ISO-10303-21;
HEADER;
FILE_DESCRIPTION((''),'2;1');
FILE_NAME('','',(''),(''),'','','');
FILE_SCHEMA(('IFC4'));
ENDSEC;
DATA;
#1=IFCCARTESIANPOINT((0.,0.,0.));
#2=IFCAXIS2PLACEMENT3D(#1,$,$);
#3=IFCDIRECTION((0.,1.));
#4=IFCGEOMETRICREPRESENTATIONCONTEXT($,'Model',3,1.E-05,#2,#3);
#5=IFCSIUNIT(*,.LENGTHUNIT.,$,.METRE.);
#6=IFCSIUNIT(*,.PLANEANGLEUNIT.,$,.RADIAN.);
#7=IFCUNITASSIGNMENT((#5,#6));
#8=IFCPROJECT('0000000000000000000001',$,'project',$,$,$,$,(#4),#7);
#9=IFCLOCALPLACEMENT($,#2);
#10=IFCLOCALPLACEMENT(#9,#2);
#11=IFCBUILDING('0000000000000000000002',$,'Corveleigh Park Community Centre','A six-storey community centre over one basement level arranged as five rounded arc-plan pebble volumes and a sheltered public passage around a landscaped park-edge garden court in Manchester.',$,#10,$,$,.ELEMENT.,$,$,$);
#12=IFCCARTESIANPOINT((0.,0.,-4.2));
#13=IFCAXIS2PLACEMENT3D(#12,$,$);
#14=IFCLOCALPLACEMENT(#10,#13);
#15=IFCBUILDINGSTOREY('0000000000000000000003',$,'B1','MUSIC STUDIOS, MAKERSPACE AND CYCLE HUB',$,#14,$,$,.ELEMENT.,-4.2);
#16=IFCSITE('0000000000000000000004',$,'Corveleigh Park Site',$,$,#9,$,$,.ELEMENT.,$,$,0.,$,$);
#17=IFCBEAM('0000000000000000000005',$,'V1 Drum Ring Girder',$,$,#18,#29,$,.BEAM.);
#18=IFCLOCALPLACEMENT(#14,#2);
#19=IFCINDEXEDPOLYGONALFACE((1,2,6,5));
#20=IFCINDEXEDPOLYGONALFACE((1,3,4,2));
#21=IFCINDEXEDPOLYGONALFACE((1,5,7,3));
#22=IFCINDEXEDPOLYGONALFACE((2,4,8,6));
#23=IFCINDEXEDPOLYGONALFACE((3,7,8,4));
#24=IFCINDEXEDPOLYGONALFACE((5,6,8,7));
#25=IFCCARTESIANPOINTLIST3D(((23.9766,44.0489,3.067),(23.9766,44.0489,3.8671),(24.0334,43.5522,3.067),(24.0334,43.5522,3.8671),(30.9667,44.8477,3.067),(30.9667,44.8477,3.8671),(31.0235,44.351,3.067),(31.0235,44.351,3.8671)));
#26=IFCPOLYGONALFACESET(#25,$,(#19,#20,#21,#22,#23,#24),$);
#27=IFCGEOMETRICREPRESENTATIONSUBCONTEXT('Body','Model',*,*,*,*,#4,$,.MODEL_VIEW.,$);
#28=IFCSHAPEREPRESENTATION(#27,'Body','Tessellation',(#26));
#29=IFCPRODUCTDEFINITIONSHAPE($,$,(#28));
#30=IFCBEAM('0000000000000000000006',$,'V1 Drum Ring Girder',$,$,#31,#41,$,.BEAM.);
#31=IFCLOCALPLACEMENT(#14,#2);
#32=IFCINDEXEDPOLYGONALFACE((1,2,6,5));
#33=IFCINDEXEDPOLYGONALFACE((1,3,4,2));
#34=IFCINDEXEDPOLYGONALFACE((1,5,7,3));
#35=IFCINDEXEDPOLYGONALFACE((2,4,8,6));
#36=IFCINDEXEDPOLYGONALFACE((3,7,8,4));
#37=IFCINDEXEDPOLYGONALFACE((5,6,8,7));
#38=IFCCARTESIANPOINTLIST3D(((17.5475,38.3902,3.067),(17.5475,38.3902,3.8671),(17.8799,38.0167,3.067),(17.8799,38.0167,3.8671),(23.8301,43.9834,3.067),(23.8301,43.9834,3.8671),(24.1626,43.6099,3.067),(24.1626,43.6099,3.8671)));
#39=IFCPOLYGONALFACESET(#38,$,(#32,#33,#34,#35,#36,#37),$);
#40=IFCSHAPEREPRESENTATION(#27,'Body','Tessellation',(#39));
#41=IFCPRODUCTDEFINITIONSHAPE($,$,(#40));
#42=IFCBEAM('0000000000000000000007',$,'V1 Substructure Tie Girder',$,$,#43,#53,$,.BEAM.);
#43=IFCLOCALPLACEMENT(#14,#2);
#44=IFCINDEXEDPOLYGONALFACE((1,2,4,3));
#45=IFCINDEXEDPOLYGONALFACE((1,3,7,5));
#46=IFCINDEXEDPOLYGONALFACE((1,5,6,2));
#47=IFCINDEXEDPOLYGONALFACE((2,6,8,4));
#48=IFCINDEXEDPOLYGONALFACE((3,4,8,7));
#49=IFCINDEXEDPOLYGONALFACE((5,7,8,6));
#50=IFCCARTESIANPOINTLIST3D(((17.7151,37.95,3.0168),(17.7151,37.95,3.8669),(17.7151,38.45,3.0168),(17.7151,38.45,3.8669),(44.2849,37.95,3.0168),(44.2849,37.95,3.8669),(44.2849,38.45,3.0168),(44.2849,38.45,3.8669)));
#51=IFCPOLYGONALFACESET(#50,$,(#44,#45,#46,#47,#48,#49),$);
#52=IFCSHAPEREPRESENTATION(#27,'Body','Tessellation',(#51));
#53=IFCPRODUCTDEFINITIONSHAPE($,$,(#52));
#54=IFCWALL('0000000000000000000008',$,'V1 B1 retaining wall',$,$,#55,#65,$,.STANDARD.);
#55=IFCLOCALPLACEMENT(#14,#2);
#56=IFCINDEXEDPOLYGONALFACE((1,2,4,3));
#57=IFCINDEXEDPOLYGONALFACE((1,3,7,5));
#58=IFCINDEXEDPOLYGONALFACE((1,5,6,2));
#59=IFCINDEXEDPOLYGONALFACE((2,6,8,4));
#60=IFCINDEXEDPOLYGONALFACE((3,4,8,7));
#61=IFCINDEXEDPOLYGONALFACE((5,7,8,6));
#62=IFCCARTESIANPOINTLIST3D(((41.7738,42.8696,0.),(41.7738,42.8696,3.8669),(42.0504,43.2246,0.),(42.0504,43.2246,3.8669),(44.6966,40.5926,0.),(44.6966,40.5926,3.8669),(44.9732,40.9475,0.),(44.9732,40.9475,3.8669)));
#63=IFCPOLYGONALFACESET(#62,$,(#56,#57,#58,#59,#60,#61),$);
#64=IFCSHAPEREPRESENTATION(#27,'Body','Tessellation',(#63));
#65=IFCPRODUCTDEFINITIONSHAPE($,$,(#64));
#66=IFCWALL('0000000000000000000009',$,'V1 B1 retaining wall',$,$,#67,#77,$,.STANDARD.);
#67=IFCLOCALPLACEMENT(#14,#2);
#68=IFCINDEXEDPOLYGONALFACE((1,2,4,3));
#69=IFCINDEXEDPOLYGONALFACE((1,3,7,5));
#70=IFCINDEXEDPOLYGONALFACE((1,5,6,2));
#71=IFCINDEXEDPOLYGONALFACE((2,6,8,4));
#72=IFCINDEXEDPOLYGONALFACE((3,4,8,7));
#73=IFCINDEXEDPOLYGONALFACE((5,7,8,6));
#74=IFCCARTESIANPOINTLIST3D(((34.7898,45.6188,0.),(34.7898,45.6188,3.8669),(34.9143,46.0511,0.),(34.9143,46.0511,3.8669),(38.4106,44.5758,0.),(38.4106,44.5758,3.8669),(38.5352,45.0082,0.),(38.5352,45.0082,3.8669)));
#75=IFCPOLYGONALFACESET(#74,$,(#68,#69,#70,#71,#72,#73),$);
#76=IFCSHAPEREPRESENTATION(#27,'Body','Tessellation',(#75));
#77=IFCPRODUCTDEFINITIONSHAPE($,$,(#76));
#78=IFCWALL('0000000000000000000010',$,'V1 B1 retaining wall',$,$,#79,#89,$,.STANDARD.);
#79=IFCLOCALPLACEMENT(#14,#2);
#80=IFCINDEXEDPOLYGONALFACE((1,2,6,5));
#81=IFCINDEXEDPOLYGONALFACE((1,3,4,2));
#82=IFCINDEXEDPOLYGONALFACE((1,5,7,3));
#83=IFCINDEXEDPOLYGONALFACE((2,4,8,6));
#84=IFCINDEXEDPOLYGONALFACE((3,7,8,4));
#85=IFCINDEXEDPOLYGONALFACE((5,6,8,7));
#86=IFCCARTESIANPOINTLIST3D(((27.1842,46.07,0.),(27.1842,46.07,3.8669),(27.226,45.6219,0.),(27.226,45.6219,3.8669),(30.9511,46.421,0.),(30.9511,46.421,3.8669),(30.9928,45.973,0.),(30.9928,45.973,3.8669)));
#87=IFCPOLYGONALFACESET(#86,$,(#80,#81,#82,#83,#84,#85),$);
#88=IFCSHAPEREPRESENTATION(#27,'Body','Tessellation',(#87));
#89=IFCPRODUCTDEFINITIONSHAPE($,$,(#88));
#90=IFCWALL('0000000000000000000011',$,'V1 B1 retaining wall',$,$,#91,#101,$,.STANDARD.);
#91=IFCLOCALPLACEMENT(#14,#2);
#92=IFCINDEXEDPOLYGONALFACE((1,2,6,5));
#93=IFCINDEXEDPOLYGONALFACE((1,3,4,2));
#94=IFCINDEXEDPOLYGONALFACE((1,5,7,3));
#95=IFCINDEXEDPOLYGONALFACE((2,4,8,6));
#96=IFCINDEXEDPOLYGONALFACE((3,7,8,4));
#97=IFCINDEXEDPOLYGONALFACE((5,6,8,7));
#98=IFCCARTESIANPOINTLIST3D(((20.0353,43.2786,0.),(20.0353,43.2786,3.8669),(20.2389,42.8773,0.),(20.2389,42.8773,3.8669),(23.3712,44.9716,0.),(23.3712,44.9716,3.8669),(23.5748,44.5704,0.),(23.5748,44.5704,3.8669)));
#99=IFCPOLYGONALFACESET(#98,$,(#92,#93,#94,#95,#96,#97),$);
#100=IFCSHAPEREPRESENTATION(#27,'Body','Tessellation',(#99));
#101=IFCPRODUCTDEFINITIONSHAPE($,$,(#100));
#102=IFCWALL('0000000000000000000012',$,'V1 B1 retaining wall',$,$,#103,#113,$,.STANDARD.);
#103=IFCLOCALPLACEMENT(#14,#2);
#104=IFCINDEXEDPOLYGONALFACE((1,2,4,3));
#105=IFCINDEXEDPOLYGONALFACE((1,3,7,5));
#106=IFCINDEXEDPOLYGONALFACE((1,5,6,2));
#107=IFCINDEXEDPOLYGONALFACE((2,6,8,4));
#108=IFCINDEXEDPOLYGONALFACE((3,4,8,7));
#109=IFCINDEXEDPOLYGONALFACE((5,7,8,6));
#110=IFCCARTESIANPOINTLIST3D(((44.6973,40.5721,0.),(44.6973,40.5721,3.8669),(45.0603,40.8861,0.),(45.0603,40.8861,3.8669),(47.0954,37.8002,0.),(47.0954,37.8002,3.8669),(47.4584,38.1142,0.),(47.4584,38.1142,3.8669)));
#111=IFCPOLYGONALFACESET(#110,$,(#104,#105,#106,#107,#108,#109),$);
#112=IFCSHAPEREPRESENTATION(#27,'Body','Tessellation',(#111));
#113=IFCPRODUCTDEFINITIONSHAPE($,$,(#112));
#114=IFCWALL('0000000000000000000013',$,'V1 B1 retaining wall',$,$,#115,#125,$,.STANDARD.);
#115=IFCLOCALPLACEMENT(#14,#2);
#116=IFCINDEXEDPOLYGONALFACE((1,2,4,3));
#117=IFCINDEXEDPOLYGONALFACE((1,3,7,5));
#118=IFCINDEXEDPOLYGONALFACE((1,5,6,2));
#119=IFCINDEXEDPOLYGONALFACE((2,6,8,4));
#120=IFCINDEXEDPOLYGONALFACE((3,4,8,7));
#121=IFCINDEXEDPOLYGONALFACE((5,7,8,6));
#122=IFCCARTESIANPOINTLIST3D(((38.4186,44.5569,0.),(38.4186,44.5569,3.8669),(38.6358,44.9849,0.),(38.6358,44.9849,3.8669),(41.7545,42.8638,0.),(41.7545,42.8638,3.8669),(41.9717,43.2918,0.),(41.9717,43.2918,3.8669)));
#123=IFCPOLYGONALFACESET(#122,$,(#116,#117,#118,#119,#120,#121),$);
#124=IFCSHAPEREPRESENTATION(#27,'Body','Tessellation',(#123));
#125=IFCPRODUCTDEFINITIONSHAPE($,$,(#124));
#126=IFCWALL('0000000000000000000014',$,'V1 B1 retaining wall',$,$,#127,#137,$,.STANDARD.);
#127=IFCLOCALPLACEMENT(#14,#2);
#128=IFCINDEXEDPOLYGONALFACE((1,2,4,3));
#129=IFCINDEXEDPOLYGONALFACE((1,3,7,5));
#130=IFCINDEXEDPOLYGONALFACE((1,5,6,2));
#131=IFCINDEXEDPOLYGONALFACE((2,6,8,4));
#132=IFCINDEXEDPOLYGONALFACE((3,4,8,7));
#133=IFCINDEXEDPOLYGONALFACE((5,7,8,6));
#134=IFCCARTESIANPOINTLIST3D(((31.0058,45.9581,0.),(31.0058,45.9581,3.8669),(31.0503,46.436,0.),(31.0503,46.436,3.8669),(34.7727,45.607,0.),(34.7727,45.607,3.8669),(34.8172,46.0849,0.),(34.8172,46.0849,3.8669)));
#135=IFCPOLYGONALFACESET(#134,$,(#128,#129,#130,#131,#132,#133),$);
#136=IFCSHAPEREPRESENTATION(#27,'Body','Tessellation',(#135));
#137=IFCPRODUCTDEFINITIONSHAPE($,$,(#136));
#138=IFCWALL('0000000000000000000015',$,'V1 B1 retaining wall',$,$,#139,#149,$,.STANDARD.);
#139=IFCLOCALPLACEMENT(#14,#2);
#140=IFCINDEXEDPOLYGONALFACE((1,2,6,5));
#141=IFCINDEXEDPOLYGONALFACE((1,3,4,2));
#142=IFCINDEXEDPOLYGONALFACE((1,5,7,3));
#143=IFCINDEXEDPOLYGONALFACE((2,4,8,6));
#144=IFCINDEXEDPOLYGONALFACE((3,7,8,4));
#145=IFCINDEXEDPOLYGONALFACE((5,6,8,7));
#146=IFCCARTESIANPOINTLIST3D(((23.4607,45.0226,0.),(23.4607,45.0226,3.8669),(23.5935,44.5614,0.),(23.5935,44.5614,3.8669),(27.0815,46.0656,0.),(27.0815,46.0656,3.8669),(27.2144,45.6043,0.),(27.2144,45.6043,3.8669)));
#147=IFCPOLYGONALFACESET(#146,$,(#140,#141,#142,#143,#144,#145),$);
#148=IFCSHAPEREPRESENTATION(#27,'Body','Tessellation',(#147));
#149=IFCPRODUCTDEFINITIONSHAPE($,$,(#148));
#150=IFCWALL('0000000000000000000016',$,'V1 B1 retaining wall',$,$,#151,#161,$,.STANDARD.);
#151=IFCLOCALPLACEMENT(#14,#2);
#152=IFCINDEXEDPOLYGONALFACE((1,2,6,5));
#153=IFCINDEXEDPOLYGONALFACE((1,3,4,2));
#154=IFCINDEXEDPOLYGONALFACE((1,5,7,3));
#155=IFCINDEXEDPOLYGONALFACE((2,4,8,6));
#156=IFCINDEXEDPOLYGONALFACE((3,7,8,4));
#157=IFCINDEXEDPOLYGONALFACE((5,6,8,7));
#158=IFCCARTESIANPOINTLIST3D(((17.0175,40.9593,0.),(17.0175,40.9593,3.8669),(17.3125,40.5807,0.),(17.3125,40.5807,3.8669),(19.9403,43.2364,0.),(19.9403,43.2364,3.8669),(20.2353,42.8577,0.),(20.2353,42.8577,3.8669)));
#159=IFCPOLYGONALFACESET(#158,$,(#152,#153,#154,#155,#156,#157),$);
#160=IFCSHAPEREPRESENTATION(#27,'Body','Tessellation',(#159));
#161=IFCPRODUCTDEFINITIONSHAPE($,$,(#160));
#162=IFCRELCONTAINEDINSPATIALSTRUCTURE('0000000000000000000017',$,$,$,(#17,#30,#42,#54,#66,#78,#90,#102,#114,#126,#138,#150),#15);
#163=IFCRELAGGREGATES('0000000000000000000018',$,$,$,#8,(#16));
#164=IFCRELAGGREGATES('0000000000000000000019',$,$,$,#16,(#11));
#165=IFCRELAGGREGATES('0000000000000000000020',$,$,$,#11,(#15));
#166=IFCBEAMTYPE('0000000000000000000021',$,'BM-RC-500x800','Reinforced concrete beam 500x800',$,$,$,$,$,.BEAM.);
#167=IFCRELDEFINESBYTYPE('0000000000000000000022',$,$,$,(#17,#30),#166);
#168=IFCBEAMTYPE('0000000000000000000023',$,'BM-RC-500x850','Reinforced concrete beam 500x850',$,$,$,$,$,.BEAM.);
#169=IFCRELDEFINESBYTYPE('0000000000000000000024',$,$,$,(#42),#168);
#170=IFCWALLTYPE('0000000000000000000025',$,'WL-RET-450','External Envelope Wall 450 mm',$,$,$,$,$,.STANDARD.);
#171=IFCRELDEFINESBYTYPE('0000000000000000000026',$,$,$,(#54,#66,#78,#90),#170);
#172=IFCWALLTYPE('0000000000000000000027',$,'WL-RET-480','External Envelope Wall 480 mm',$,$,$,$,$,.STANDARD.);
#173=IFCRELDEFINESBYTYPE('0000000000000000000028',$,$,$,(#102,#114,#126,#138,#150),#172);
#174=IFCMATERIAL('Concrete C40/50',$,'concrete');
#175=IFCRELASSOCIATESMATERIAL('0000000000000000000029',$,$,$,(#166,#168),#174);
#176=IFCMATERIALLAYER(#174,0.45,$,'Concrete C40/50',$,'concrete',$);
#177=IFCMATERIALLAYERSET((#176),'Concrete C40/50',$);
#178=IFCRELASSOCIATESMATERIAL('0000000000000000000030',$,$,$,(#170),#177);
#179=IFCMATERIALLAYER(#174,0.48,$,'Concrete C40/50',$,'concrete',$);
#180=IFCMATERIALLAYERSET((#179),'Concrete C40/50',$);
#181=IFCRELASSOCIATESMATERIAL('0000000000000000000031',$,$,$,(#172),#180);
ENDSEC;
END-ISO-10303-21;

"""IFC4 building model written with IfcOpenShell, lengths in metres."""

from ifc_helpers import new_model, si_unit, direction, frame, frame_2d, origin, origin_2d, place, context, subcontext, project, spatial, rectangle, extrude, material, layer, layer_set, material_profile, profile_set, type_object, element, save


model = new_model("IFC4")

# Units and contexts
model_context = context("Model", 3, precision=1e-05, world=origin(), true_north=direction((0.0, 1.0)))
body_context = subcontext(model_context, "Body", "Model", "MODEL_VIEW")
ifc_project = project(units=[si_unit("LENGTHUNIT", "METRE"), si_unit("PLANEANGLEUNIT", "RADIAN")], contexts=[model_context])

# Site, building, storey
site_placement = place(None, origin())
site = spatial("IfcSite", under=ifc_project, at=site_placement, Name="Corveleigh Park Site", CompositionType="ELEMENT", RefElevation=0.0)
building_placement = place(site_placement, origin())
building = spatial("IfcBuilding", under=site, at=building_placement, Name="Corveleigh Park Community Centre", Description="A six-storey community centre over one basement level arranged as five rounded arc-plan pebble volumes and a sheltered public passage around a landscaped park-edge garden court in Manchester.", CompositionType="ELEMENT")
storey_placement = place(building_placement, frame((0.0, 0.0, -4.2)))
storey = spatial("IfcBuildingStorey", under=building, at=storey_placement, Name="B1", Description="MUSIC STUDIOS, MAKERSPACE AND CYCLE HUB", CompositionType="ELEMENT", Elevation=-4.2)

# Shared definitions
ifc_material_1 = material(Name="Concrete C40/50", Category="concrete")

# Beams
ifc_material_profile_1 = material_profile(ifc_material_1, rectangle(XDim=0.5, YDim=0.8, at=origin_2d()), Name="RC-500x800", Category="concrete")
ifc_profile_set_1 = profile_set([ifc_material_profile_1], Name="Concrete C40/50")
beam_type_1 = type_object("IfcBeamType", Name="BM-RC-500x800", Description="Reinforced concrete beam 500x800", PredefinedType="BEAM", material=ifc_profile_set_1)
for number, where, z_axis, x_axis, name in (
    (1, (30.9951, 44.5994, 3.467), (-0.993534, -0.113539, 0.0), (0.113539, -0.993534, 0.0), "V1 Drum Ring Girder"),
):
    element("IfcBeam", number, at=place(storey_placement, frame(where, z_axis=z_axis, x_axis=x_axis)), inside=storey, type_object=beam_type_1, Name=name, PredefinedType="BEAM", context=body_context, shape_type="SweptSolid", body=[
        extrude(rectangle(XDim=0.5, YDim=0.8, at=origin_2d()), origin(), (0.0, 0.0, 1.0), 7.0356),
    ])
beam_1_placement = place(storey_placement, frame((23.9963, 43.7966, 3.467), z_axis=(-0.7469, -0.664937, 0.0), x_axis=(0.664937, -0.7469, 0.0)))
element("IfcBeam", 2, at=beam_1_placement, inside=storey, type_object=beam_type_1, Name="V1 Drum Ring Girder", PredefinedType="BEAM", context=body_context, shape_type="SweptSolid", body=[
    extrude(rectangle(XDim=0.5, YDim=0.8, at=origin_2d()), origin(), (0.0, 0.0, 1.0), 8.4116),
])
ifc_material_profile_2 = material_profile(ifc_material_1, rectangle(XDim=0.5, YDim=0.8501, at=origin_2d()), Name="RC-500x850", Category="concrete")
ifc_profile_set_2 = profile_set([ifc_material_profile_2], Name="Concrete C40/50")
beam_type_2 = type_object("IfcBeamType", Name="BM-RC-500x850", Description="Reinforced concrete beam 500x850", PredefinedType="BEAM", material=ifc_profile_set_2)
beam_2_placement = place(storey_placement, frame((17.7151, 38.2, 3.4419), z_axis=(1.0, 0.0, 0.0), x_axis=(0.0, 1.0, 0.0)))
element("IfcBeam", 3, at=beam_2_placement, inside=storey, type_object=beam_type_2, Name="V1 Substructure Tie Girder", PredefinedType="BEAM", context=body_context, shape_type="SweptSolid", body=[
    extrude(rectangle(XDim=0.5, YDim=0.8501, at=origin_2d()), origin(), (0.0, 0.0, 1.0), 26.5698),
])

# Walls
ifc_layer_1 = layer(ifc_material_1, 0.45, Name="Concrete C40/50", Category="concrete")
ifc_layer_set_1 = layer_set([ifc_layer_1], Name="Concrete C40/50")
wall_type_1 = type_object("IfcWallType", Name="WL-RET-450", Description="External Envelope Wall 450 mm", PredefinedType="STANDARD", material=ifc_layer_set_1)
wall_1_placement = place(storey_placement, frame((41.9121, 43.0471, 0.0), z_axis=(0.0, 0.0, 1.0), x_axis=(0.788859, -0.614574, 0.0)))
element("IfcWall", 4, at=wall_1_placement, inside=storey, type_object=wall_type_1, Name="V1 B1 retaining wall", PredefinedType="STANDARD", context=body_context, shape_type="SweptSolid", body=[
    extrude(rectangle(XDim=3.7051, YDim=0.45, at=frame_2d((1.8525, 0.0))), origin(), (0.0, 0.0, 1.0), 3.8669),
])
wall_2_placement = place(storey_placement, frame((34.8521, 45.835, 0.0), z_axis=(0.0, 0.0, 1.0), x_axis=(0.96093, -0.276791, 0.0)))
element("IfcWall", 5, at=wall_2_placement, inside=storey, type_object=wall_type_1, Name="V1 B1 retaining wall", PredefinedType="STANDARD", context=body_context, shape_type="SweptSolid", body=[
    extrude(rectangle(XDim=3.7681, YDim=0.45, at=frame_2d((1.884, 0.0))), origin(), (0.0, 0.0, 1.0), 3.8669),
])
wall_3_placement = place(storey_placement, frame((27.2051, 45.8459, 0.0), z_axis=(0.0, 0.0, 1.0), x_axis=(0.995685, 0.092799, 0.0)))
element("IfcWall", 6, at=wall_3_placement, inside=storey, type_object=wall_type_1, Name="V1 B1 retaining wall", PredefinedType="STANDARD", context=body_context, shape_type="SweptSolid", body=[
    extrude(rectangle(XDim=3.7832, YDim=0.45, at=frame_2d((1.8916, 0.0))), origin(), (0.0, 0.0, 1.0), 3.8669),
])
wall_4_placement = place(storey_placement, frame((20.137, 43.0779, 0.0), z_axis=(0.0, 0.0, 1.0), x_axis=(0.891722, 0.452583, 0.0)))
element("IfcWall", 7, at=wall_4_placement, inside=storey, type_object=wall_type_1, Name="V1 B1 retaining wall", PredefinedType="STANDARD", context=body_context, shape_type="SweptSolid", body=[
    extrude(rectangle(XDim=3.741, YDim=0.45, at=frame_2d((1.8706, 0.0))), origin(), (0.0, 0.0, 1.0), 3.8669),
])
ifc_layer_2 = layer(ifc_material_1, 0.48, Name="Concrete C40/50", Category="concrete")
ifc_layer_set_2 = layer_set([ifc_layer_2], Name="Concrete C40/50")
wall_type_2 = type_object("IfcWallType", Name="WL-RET-480", Description="External Envelope Wall 480 mm", PredefinedType="STANDARD", material=ifc_layer_set_2)
wall_5_placement = place(storey_placement, frame((44.8789, 40.729, 0.0), z_axis=(0.0, 0.0, 1.0), x_axis=(0.654279, -0.756254, 0.0)))
element("IfcWall", 8, at=wall_5_placement, inside=storey, type_object=wall_type_2, Name="V1 B1 retaining wall", PredefinedType="STANDARD", context=body_context, shape_type="SweptSolid", body=[
    extrude(rectangle(XDim=3.6653, YDim=0.48, at=frame_2d((1.8325, 0.0))), origin(), (0.0, 0.0, 1.0), 3.8669),
])
wall_6_placement = place(storey_placement, frame((38.5271, 44.771, 0.0), z_axis=(0.0, 0.0, 1.0), x_axis=(0.891722, -0.452583, 0.0)))
element("IfcWall", 9, at=wall_6_placement, inside=storey, type_object=wall_type_2, Name="V1 B1 retaining wall", PredefinedType="STANDARD", context=body_context, shape_type="SweptSolid", body=[
    extrude(rectangle(XDim=3.741, YDim=0.48, at=frame_2d((1.8706, 0.0))), origin(), (0.0, 0.0, 1.0), 3.8669),
])
wall_7_placement = place(storey_placement, frame((31.0281, 46.197, 0.0), z_axis=(0.0, 0.0, 1.0), x_axis=(0.995685, -0.092799, 0.0)))
element("IfcWall", 10, at=wall_7_placement, inside=storey, type_object=wall_type_2, Name="V1 B1 retaining wall", PredefinedType="STANDARD", context=body_context, shape_type="SweptSolid", body=[
    extrude(rectangle(XDim=3.7832, YDim=0.48, at=frame_2d((1.8916, 0.0))), origin(), (0.0, 0.0, 1.0), 3.8669),
])
wall_8_placement = place(storey_placement, frame((23.5271, 44.792, 0.0), z_axis=(0.0, 0.0, 1.0), x_axis=(0.96093, 0.276791, 0.0)))
element("IfcWall", 11, at=wall_8_placement, inside=storey, type_object=wall_type_2, Name="V1 B1 retaining wall", PredefinedType="STANDARD", context=body_context, shape_type="SweptSolid", body=[
    extrude(rectangle(XDim=3.7681, YDim=0.48, at=frame_2d((1.884, 0.0))), origin(), (0.0, 0.0, 1.0), 3.8669),
])
wall_9_placement = place(storey_placement, frame((17.165, 40.77, 0.0), z_axis=(0.0, 0.0, 1.0), x_axis=(0.788859, 0.614574, 0.0)))
element("IfcWall", 12, at=wall_9_placement, inside=storey, type_object=wall_type_2, Name="V1 B1 retaining wall", PredefinedType="STANDARD", context=body_context, shape_type="SweptSolid", body=[
    extrude(rectangle(XDim=3.7051, YDim=0.48, at=frame_2d((1.8525, 0.0))), origin(), (0.0, 0.0, 1.0), 3.8669),
])

save(model, "model.ifc")
